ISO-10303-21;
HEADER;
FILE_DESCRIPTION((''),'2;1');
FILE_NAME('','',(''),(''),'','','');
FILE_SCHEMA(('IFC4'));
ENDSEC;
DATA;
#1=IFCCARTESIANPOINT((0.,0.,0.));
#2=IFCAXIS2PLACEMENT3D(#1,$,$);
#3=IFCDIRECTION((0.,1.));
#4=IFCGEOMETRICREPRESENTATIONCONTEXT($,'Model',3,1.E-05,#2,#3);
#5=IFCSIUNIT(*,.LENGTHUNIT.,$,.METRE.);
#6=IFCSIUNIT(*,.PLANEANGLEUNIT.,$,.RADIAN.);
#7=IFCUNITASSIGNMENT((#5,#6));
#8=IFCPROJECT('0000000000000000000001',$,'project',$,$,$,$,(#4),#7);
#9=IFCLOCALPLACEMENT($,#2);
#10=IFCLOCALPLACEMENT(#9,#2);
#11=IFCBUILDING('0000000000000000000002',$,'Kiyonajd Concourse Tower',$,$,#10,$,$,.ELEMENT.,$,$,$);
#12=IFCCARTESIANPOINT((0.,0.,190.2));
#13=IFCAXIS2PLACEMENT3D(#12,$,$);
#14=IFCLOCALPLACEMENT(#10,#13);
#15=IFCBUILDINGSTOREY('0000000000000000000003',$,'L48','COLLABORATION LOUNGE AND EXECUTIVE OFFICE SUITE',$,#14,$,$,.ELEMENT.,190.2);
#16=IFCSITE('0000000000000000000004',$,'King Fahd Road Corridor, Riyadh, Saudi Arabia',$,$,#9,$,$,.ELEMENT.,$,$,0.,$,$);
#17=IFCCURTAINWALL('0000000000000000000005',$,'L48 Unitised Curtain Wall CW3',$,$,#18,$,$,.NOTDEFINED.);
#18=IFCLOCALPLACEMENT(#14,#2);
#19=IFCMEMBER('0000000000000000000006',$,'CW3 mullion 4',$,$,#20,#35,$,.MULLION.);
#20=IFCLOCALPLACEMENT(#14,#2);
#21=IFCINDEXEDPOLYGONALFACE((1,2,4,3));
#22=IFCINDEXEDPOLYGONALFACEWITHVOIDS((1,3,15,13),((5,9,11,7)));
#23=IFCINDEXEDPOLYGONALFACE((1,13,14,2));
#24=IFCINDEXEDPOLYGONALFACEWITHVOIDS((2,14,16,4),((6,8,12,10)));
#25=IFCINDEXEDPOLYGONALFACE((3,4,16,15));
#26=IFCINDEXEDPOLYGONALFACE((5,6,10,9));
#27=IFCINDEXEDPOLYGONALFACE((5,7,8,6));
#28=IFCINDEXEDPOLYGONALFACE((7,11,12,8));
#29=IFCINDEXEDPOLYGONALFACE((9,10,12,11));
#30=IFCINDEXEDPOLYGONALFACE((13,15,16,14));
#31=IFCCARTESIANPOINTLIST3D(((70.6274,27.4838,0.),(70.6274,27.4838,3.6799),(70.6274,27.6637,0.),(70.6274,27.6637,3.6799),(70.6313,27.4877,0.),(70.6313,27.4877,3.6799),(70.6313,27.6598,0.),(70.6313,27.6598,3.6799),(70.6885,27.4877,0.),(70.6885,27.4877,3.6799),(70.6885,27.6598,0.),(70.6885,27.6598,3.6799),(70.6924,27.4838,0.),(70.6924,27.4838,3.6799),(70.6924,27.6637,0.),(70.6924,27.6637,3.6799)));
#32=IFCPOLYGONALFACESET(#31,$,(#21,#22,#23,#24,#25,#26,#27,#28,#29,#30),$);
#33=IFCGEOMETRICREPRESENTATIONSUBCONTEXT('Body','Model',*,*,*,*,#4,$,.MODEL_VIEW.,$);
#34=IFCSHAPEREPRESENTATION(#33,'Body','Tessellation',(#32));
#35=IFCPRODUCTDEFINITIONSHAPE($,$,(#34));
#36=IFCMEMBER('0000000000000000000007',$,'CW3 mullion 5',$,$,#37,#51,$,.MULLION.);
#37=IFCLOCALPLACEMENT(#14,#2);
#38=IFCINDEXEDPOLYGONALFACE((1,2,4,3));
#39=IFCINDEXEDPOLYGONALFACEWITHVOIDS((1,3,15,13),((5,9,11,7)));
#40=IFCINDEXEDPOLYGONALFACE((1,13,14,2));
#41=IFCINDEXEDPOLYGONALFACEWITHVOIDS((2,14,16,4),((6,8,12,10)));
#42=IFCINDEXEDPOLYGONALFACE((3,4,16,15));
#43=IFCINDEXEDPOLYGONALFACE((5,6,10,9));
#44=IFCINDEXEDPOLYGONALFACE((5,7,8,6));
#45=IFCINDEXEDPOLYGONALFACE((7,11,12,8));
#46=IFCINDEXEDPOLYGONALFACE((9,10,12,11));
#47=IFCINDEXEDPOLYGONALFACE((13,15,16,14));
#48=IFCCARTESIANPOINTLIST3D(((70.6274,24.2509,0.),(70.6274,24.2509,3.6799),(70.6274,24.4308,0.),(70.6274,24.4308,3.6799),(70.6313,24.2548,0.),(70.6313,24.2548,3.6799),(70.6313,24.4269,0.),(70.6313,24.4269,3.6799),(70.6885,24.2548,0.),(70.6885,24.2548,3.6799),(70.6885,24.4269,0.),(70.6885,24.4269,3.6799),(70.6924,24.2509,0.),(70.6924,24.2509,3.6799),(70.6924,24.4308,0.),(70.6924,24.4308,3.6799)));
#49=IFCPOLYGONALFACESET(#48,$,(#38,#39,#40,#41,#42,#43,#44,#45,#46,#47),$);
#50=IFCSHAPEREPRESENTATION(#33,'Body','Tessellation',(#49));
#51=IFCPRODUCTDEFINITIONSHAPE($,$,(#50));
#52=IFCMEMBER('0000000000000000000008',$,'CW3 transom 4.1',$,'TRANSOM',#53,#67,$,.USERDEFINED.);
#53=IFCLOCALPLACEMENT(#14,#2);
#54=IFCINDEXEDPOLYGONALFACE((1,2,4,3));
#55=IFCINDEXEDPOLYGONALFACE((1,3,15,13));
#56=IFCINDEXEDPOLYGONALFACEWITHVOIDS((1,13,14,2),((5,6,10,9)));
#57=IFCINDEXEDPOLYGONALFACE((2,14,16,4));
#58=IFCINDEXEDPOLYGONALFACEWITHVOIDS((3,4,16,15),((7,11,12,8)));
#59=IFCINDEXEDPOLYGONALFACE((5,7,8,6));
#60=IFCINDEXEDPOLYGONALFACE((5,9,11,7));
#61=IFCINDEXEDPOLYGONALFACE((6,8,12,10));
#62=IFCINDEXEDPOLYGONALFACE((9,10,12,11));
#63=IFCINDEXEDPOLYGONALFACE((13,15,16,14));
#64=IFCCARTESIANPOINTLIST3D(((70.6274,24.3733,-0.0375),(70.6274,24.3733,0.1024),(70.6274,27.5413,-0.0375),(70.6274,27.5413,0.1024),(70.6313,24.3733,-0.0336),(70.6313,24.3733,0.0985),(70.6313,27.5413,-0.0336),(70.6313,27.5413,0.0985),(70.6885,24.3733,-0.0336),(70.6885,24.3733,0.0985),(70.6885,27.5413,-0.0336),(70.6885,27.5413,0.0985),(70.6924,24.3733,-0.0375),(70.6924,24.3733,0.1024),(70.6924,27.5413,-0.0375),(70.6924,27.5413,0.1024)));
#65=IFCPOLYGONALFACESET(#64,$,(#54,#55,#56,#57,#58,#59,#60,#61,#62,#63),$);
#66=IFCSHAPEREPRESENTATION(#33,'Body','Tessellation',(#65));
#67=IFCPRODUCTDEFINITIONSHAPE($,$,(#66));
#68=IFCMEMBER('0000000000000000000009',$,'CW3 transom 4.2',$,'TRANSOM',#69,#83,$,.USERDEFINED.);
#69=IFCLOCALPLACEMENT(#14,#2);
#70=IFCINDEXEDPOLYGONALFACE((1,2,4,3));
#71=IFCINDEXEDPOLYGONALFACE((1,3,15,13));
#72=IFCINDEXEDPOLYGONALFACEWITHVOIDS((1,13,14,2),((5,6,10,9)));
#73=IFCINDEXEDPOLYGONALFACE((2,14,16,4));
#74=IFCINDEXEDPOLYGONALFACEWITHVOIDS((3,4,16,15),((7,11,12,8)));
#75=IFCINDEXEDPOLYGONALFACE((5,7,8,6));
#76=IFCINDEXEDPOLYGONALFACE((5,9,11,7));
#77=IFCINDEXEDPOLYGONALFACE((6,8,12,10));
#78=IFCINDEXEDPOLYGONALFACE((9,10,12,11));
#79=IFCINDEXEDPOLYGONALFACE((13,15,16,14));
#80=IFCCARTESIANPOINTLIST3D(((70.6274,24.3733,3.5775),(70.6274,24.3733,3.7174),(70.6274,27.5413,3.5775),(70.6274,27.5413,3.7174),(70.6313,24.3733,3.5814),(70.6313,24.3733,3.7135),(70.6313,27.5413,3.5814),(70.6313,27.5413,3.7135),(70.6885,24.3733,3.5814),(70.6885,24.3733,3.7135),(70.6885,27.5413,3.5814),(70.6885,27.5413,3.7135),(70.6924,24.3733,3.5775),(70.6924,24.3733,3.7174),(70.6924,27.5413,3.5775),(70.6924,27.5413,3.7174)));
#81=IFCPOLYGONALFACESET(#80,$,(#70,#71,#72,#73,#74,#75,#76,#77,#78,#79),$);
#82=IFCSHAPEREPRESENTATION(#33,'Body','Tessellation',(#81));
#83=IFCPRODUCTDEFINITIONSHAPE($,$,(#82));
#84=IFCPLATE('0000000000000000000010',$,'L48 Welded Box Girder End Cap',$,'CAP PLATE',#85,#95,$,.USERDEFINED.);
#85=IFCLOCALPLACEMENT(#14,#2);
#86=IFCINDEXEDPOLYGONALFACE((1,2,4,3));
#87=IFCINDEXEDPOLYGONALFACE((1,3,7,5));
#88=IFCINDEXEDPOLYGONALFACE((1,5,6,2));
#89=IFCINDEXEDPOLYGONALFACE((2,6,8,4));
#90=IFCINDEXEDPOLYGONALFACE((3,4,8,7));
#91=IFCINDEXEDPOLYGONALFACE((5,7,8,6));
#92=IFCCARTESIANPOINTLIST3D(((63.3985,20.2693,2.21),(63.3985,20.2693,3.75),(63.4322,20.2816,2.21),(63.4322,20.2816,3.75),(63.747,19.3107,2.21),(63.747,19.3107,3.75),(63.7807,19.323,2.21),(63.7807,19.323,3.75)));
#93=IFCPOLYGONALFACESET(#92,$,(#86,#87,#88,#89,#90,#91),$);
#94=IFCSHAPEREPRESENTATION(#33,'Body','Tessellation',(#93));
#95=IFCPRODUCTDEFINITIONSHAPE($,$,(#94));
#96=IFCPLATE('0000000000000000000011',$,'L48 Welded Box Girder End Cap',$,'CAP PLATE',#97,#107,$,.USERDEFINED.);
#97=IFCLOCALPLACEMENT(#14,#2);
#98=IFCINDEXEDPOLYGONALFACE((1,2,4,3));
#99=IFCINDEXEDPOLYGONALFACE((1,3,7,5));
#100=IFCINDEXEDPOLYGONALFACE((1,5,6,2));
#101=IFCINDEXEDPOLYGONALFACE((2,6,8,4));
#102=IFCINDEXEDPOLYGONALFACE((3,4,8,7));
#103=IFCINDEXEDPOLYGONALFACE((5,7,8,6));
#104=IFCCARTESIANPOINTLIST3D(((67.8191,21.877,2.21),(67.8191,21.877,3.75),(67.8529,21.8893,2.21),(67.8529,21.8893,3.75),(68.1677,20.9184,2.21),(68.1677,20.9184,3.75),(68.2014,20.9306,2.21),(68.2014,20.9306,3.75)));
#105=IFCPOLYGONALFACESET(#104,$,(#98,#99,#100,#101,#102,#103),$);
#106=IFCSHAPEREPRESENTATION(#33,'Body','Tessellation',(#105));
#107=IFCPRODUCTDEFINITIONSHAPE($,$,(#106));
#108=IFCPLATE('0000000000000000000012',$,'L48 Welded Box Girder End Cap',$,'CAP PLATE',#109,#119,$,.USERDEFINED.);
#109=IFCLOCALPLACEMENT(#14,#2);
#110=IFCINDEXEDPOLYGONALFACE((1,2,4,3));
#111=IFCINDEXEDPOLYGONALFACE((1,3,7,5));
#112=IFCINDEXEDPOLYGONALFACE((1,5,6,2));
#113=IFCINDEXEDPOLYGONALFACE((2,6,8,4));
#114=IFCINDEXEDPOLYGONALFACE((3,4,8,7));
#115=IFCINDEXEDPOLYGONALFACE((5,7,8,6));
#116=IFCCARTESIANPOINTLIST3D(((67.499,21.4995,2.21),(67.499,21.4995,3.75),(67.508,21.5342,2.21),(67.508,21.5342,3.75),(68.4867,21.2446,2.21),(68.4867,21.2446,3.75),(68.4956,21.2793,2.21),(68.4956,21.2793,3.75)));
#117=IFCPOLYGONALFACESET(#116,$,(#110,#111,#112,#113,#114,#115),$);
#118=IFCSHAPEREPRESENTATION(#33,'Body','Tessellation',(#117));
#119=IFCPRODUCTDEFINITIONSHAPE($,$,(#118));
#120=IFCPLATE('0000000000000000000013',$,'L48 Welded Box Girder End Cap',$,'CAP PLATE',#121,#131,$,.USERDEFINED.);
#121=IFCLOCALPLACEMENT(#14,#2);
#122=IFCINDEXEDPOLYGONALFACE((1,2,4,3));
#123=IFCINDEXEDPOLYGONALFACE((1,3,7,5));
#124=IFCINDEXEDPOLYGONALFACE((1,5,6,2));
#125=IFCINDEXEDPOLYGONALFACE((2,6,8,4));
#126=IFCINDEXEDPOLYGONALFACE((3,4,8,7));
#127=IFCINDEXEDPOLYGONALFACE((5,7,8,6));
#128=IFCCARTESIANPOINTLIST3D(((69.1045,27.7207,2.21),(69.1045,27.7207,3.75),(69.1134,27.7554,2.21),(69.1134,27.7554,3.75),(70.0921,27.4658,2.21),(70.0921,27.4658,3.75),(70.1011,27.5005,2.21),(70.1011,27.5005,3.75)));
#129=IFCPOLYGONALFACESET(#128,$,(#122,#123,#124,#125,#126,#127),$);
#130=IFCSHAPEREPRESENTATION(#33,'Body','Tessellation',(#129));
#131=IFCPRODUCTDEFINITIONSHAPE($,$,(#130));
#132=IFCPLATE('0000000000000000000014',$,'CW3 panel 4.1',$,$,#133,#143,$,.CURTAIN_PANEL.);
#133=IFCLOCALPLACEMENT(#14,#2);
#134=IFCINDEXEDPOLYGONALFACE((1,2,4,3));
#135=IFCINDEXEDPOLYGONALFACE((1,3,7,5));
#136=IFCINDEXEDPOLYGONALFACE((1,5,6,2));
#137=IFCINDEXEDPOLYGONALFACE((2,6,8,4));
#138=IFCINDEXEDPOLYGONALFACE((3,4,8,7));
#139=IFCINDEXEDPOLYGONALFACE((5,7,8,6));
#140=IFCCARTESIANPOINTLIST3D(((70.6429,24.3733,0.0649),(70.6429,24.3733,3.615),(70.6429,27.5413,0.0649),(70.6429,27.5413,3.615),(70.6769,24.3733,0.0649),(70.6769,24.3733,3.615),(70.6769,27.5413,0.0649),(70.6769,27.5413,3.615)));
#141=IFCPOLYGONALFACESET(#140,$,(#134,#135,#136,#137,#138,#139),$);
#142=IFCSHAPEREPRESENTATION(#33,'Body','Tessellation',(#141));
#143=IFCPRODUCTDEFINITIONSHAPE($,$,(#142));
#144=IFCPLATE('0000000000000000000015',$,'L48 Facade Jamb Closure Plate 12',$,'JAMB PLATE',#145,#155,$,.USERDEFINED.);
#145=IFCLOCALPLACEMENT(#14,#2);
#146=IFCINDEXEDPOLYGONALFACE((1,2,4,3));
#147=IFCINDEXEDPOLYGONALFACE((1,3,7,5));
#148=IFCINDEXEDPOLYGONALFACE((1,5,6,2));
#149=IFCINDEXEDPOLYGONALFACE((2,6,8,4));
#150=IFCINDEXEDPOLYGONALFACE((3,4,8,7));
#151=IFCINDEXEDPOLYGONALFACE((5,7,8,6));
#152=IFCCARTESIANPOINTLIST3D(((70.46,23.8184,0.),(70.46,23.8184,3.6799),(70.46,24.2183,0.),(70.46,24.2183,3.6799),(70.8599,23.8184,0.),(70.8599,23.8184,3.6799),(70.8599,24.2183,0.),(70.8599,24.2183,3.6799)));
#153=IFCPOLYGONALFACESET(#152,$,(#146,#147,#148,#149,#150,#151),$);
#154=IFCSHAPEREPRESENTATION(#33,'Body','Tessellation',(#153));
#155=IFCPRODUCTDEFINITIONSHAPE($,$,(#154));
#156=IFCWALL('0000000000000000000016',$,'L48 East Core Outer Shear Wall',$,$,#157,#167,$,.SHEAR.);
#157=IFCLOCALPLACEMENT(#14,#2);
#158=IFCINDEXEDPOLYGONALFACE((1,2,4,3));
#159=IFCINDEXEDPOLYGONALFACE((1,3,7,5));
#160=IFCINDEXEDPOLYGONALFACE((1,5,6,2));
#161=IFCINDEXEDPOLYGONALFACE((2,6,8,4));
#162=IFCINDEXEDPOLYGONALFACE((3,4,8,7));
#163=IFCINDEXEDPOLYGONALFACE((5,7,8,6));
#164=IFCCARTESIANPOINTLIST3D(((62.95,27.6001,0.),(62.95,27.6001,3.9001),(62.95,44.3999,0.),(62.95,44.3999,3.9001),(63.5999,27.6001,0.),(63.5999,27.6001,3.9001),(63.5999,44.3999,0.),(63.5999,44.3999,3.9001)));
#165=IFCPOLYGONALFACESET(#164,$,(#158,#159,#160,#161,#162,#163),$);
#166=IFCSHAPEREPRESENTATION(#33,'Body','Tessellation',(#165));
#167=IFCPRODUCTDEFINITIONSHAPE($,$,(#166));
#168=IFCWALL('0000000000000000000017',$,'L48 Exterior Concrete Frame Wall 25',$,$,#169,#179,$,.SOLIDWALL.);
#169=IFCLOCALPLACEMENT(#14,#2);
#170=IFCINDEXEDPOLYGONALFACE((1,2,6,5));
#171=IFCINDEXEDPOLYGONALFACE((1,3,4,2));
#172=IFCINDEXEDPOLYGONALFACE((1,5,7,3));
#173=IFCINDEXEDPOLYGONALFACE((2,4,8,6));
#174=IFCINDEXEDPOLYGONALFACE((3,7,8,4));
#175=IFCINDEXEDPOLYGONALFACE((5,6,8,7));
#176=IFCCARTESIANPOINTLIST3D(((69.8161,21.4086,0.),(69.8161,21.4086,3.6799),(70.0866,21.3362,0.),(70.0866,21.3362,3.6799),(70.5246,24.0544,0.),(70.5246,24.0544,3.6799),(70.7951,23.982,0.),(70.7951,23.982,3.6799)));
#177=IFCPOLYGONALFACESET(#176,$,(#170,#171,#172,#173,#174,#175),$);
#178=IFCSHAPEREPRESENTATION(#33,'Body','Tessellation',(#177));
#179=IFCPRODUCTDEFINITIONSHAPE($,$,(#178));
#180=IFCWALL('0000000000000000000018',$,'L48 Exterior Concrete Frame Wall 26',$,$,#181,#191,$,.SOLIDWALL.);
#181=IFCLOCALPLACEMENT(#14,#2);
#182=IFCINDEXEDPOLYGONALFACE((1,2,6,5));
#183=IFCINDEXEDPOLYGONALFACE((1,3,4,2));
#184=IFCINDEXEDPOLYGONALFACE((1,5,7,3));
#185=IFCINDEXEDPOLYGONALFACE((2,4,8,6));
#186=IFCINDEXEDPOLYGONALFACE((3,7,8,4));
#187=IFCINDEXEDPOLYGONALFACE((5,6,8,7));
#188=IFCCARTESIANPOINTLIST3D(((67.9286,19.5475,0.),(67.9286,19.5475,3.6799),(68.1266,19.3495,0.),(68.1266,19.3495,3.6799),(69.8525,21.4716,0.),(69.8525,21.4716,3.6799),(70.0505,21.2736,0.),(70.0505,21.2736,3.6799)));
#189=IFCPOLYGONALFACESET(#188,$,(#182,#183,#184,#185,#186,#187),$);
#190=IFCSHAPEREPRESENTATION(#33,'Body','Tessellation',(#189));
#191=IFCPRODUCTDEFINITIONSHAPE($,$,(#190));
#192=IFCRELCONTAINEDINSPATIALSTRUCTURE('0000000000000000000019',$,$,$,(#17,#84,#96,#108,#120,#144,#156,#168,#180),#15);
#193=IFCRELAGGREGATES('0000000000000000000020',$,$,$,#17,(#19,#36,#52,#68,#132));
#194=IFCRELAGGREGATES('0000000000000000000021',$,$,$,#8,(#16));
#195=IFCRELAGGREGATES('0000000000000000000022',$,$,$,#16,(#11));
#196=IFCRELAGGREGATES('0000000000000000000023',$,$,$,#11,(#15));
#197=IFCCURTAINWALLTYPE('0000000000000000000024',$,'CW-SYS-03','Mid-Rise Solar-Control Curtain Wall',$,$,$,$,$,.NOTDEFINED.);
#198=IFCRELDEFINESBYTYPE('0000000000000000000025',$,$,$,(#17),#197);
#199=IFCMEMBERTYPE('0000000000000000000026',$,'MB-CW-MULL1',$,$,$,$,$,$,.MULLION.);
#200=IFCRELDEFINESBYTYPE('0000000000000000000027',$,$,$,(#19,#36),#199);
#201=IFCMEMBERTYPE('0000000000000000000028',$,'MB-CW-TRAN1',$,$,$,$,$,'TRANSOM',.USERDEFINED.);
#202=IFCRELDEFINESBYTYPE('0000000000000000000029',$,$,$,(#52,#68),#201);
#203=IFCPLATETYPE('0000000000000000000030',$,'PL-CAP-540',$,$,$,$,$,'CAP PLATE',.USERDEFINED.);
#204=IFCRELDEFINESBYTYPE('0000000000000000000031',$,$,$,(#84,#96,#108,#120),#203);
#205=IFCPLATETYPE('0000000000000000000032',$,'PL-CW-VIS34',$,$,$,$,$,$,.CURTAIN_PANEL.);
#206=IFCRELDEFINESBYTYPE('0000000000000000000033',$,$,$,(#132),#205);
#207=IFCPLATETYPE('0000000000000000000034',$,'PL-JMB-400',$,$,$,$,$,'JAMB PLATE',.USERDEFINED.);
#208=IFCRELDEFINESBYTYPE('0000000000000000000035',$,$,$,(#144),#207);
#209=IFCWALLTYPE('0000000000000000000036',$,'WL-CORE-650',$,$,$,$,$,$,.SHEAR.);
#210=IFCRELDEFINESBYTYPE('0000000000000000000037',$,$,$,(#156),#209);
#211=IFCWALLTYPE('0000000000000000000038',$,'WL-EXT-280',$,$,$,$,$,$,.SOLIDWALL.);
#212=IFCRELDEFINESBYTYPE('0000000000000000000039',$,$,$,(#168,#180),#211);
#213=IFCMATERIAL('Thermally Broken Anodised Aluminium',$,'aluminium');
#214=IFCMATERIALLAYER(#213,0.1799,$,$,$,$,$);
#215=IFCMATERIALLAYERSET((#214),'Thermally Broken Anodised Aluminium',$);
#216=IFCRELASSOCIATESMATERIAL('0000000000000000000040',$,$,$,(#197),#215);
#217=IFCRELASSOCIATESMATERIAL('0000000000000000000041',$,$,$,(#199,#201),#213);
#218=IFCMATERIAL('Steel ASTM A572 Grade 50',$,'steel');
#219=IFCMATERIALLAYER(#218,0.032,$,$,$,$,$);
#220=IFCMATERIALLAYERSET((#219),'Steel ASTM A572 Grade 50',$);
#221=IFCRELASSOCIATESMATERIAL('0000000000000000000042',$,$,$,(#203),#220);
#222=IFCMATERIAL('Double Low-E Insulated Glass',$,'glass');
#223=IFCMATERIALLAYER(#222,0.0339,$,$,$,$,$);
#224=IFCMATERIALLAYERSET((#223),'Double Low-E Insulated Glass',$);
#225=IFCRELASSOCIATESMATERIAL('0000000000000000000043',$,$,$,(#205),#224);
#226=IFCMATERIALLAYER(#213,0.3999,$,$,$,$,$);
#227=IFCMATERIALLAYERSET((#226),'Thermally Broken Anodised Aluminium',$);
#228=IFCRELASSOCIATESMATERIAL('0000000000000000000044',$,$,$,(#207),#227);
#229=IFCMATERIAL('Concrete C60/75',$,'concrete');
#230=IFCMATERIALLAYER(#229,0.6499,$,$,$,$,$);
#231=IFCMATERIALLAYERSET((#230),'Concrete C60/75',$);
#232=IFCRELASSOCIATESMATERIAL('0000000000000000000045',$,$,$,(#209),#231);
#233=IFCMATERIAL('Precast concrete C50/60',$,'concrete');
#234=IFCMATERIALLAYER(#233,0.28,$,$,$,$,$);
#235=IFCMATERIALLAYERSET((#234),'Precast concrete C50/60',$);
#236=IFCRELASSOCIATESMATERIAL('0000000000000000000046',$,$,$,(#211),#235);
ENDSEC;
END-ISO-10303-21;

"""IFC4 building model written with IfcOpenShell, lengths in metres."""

from ifc_helpers import new_model, si_unit, direction, frame, frame_2d, origin, origin_2d, place, context, subcontext, project, spatial, rectangle, hollow_rectangle, extrude, material, layer, layer_set, material_profile, profile_set, type_object, element, aggregate, save


model = new_model("IFC4")

# Units and contexts
model_context = context("Model", 3, precision=1e-05, world=origin(), true_north=direction((0.0, 1.0)))
body_context = subcontext(model_context, "Body", "Model", "MODEL_VIEW")
ifc_project = project(units=[si_unit("LENGTHUNIT", "METRE"), si_unit("PLANEANGLEUNIT", "RADIAN")], contexts=[model_context])

# Site, building, storey
site_placement = place(None, origin())
site = spatial("IfcSite", under=ifc_project, at=site_placement, Name="King Fahd Road Corridor, Riyadh, Saudi Arabia", CompositionType="ELEMENT", RefElevation=0.0)
building_placement = place(site_placement, origin())
building = spatial("IfcBuilding", under=site, at=building_placement, Name="Kiyonajd Concourse Tower", CompositionType="ELEMENT")
storey_placement = place(building_placement, frame((0.0, 0.0, 190.2)))
storey = spatial("IfcBuildingStorey", under=building, at=storey_placement, Name="L48", Description="COLLABORATION LOUNGE AND EXECUTIVE OFFICE SUITE", CompositionType="ELEMENT", Elevation=190.2)

# Shared definitions
ifc_material_1 = material(Name="Concrete C60/75", Category="concrete")

# Shared definitions
ifc_material_2 = material(Name="Steel ASTM A572 Grade 50", Category="steel")

# Curtain wall, members
ifc_material_3 = material(Name="Thermally Broken Anodised Aluminium", Category="aluminium")
ifc_layer_1 = layer(ifc_material_3, 0.1799)
ifc_layer_set_1 = layer_set([ifc_layer_1], Name="Thermally Broken Anodised Aluminium")
curtain_wall_type = type_object("IfcCurtainWallType", Name="CW-SYS-03", Description="Mid-Rise Solar-Control Curtain Wall", PredefinedType="NOTDEFINED", material=ifc_layer_set_1)
curtain_wall_placement = place(storey_placement, origin())
curtain_wall = element("IfcCurtainWall", 1, at=curtain_wall_placement, inside=storey, type_object=curtain_wall_type, Name="L48 Unitised Curtain Wall CW3", PredefinedType="NOTDEFINED")
ifc_material_profile_1 = material_profile(ifc_material_3, hollow_rectangle(XDim=0.0649, YDim=0.1799, WallThickness=0.0039, at=origin_2d()), Name="MULL-65x180")
ifc_profile_set_1 = profile_set([ifc_material_profile_1], Name="Thermally Broken Anodised Aluminium")
member_type_1 = type_object("IfcMemberType", Name="MB-CW-MULL1", PredefinedType="MULLION", material=ifc_profile_set_1)
member_1_placement = place(storey_placement, frame((70.6599, 27.5737, 0.0), z_axis=(0.0, 0.0, 1.0), x_axis=(1.0, 0.0, 0.0)))
member_1 = element("IfcMember", 2, at=member_1_placement, type_object=member_type_1, Name="CW3 mullion 4", PredefinedType="MULLION", context=body_context, shape_type="SweptSolid", body=[
    extrude(hollow_rectangle(XDim=0.0649, YDim=0.1799, WallThickness=0.0039, at=origin_2d()), origin(), (0.0, 0.0, 1.0), 3.6799),
])
member_2_placement = place(storey_placement, frame((70.6599, 24.3408, 0.0), z_axis=(0.0, 0.0, 1.0), x_axis=(1.0, 0.0, 0.0)))
member_2 = element("IfcMember", 3, at=member_2_placement, type_object=member_type_1, Name="CW3 mullion 5", PredefinedType="MULLION", context=body_context, shape_type="SweptSolid", body=[
    extrude(hollow_rectangle(XDim=0.0649, YDim=0.1799, WallThickness=0.0039, at=origin_2d()), origin(), (0.0, 0.0, 1.0), 3.6799),
])
ifc_material_profile_2 = material_profile(ifc_material_3, hollow_rectangle(XDim=0.0649, YDim=0.1399, WallThickness=0.0039, at=origin_2d()), Name="TRAN-65x140")
ifc_profile_set_2 = profile_set([ifc_material_profile_2], Name="Thermally Broken Anodised Aluminium")
member_type_2 = type_object("IfcMemberType", Name="MB-CW-TRAN1", ElementType="TRANSOM", PredefinedType="USERDEFINED", material=ifc_profile_set_2)
member_3_placement = place(storey_placement, frame((70.6599, 27.5413, 0.0325), z_axis=(0.0, -1.0, 0.0), x_axis=(1.0, 0.0, 0.0)))
member_3 = element("IfcMember", 4, at=member_3_placement, type_object=member_type_2, Name="CW3 transom 4.1", ObjectType="TRANSOM", PredefinedType="USERDEFINED", context=body_context, shape_type="SweptSolid", body=[
    extrude(hollow_rectangle(XDim=0.0649, YDim=0.1399, WallThickness=0.0039, at=origin_2d()), origin(), (0.0, 0.0, 1.0), 3.168),
])
member_4_placement = place(storey_placement, frame((70.6599, 27.5413, 3.6475), z_axis=(0.0, -1.0, 0.0), x_axis=(1.0, 0.0, 0.0)))
member_4 = element("IfcMember", 5, at=member_4_placement, type_object=member_type_2, Name="CW3 transom 4.2", ObjectType="TRANSOM", PredefinedType="USERDEFINED", context=body_context, shape_type="SweptSolid", body=[
    extrude(hollow_rectangle(XDim=0.0649, YDim=0.1399, WallThickness=0.0039, at=origin_2d()), origin(), (0.0, 0.0, 1.0), 3.168),
])

# Plates
ifc_layer_2 = layer(ifc_material_2, 0.032)
ifc_layer_set_2 = layer_set([ifc_layer_2], Name="Steel ASTM A572 Grade 50")
plate_type_1 = type_object("IfcPlateType", Name="PL-CAP-540", ElementType="CAP PLATE", PredefinedType="USERDEFINED", material=ifc_layer_set_2)
for number, where, z_axis, x_axis, name in (
    (6, (63.5896, 19.7961, 2.21), (0.0, 0.0, 1.0), (-0.939812, -0.341692, 0.0), "L48 Welded Box Girder End Cap"),
    (7, (68.0103, 21.4038, 2.21), (0.0, 0.0, 1.0), (0.939812, 0.341692, 0.0), "L48 Welded Box Girder End Cap"),
    (8, (67.9973, 21.3894, 2.21), (0.0, 0.0, 1.0), (-0.249873, -0.968279, 0.0), "L48 Welded Box Girder End Cap"),
    (9, (69.6028, 27.6106, 2.21), (0.0, 0.0, 1.0), (0.249873, 0.968279, 0.0), "L48 Welded Box Girder End Cap"),
):
    element("IfcPlate", number, at=place(storey_placement, frame(where, z_axis=z_axis, x_axis=x_axis)), inside=storey, type_object=plate_type_1, Name=name, ObjectType="CAP PLATE", PredefinedType="USERDEFINED", context=body_context, shape_type="SweptSolid", body=[
        extrude(rectangle(XDim=0.0359, YDim=1.02, at=origin_2d()), origin(), (0.0, 0.0, 1.0), 1.54),
    ])

# Plates
ifc_material_4 = material(Name="Double Low-E Insulated Glass", Category="glass")
ifc_layer_3 = layer(ifc_material_4, 0.0339)
ifc_layer_set_3 = layer_set([ifc_layer_3], Name="Double Low-E Insulated Glass")
plate_type_2 = type_object("IfcPlateType", Name="PL-CW-VIS34", PredefinedType="CURTAIN_PANEL", material=ifc_layer_set_3)
plate_1_placement = place(storey_placement, frame((70.6599, 25.9573, 0.0649), z_axis=(0.0, 0.0, 1.0), x_axis=(0.0, -1.0, 0.0)))
plate_1 = element("IfcPlate", 10, at=plate_1_placement, type_object=plate_type_2, Name="CW3 panel 4.1", PredefinedType="CURTAIN_PANEL", context=body_context, shape_type="SweptSolid", body=[
    extrude(rectangle(XDim=3.168, YDim=0.0339, at=origin_2d()), origin(), (0.0, 0.0, 1.0), 3.55),
])
aggregate(curtain_wall, [member_1, member_2, member_3, member_4, plate_1])
ifc_layer_4 = layer(ifc_material_3, 0.3999)
ifc_layer_set_4 = layer_set([ifc_layer_4], Name="Thermally Broken Anodised Aluminium")
plate_type_3 = type_object("IfcPlateType", Name="PL-JMB-400", ElementType="JAMB PLATE", PredefinedType="USERDEFINED", material=ifc_layer_set_4)
plate_2_placement = place(storey_placement, frame((70.6599, 24.0183, 0.0), z_axis=(0.0, 0.0, 1.0), x_axis=(1.0, 0.0, 0.0)))
element("IfcPlate", 11, at=plate_2_placement, inside=storey, type_object=plate_type_3, Name="L48 Facade Jamb Closure Plate 12", ObjectType="JAMB PLATE", PredefinedType="USERDEFINED", context=body_context, shape_type="SweptSolid", body=[
    extrude(rectangle(XDim=0.3999, YDim=0.3999, at=origin_2d()), origin(), (0.0, 0.0, 1.0), 3.6799),
])

# Walls
ifc_layer_5 = layer(ifc_material_1, 0.6499)
ifc_layer_set_5 = layer_set([ifc_layer_5], Name="Concrete C60/75")
wall_type_1 = type_object("IfcWallType", Name="WL-CORE-650", PredefinedType="SHEAR", material=ifc_layer_set_5)
wall_1_placement = place(storey_placement, frame((63.2749, 27.6001, 0.0), z_axis=(0.0, 0.0, 1.0), x_axis=(0.0, 1.0, 0.0)))
element("IfcWall", 12, at=wall_1_placement, inside=storey, type_object=wall_type_1, Name="L48 East Core Outer Shear Wall", PredefinedType="SHEAR", context=body_context, shape_type="SweptSolid", body=[
    extrude(rectangle(XDim=16.7998, YDim=0.6499, at=frame_2d((8.3999, 0.0))), origin(), (0.0, 0.0, 1.0), 3.9001),
])
ifc_material_5 = material(Name="Precast concrete C50/60", Category="concrete")
ifc_layer_6 = layer(ifc_material_5, 0.28)
ifc_layer_set_6 = layer_set([ifc_layer_6], Name="Precast concrete C50/60")
wall_type_2 = type_object("IfcWallType", Name="WL-EXT-280", PredefinedType="SOLIDWALL", material=ifc_layer_set_6)
wall_2_placement = place(storey_placement, frame((70.6599, 24.0183, 0.0), z_axis=(0.0, 0.0, 1.0), x_axis=(-0.258672, -0.965965, 0.0)))
element("IfcWall", 13, at=wall_2_placement, inside=storey, type_object=wall_type_2, Name="L48 Exterior Concrete Frame Wall 25", PredefinedType="SOLIDWALL", context=body_context, shape_type="SweptSolid", body=[
    extrude(rectangle(XDim=2.739, YDim=0.28, at=frame_2d((1.3696, 0.0))), origin(), (0.0, 0.0, 1.0), 3.6799),
])
wall_3_placement = place(storey_placement, frame((69.9514, 21.3726, 0.0), z_axis=(0.0, 0.0, 1.0), x_axis=(-0.707062, -0.707152, 0.0)))
element("IfcWall", 14, at=wall_3_placement, inside=storey, type_object=wall_type_2, Name="L48 Exterior Concrete Frame Wall 26", PredefinedType="SOLIDWALL", context=body_context, shape_type="SweptSolid", body=[
    extrude(rectangle(XDim=2.7209, YDim=0.28, at=frame_2d((1.3604, 0.0))), origin(), (0.0, 0.0, 1.0), 3.6799),
])

save(model, "model.ifc")
